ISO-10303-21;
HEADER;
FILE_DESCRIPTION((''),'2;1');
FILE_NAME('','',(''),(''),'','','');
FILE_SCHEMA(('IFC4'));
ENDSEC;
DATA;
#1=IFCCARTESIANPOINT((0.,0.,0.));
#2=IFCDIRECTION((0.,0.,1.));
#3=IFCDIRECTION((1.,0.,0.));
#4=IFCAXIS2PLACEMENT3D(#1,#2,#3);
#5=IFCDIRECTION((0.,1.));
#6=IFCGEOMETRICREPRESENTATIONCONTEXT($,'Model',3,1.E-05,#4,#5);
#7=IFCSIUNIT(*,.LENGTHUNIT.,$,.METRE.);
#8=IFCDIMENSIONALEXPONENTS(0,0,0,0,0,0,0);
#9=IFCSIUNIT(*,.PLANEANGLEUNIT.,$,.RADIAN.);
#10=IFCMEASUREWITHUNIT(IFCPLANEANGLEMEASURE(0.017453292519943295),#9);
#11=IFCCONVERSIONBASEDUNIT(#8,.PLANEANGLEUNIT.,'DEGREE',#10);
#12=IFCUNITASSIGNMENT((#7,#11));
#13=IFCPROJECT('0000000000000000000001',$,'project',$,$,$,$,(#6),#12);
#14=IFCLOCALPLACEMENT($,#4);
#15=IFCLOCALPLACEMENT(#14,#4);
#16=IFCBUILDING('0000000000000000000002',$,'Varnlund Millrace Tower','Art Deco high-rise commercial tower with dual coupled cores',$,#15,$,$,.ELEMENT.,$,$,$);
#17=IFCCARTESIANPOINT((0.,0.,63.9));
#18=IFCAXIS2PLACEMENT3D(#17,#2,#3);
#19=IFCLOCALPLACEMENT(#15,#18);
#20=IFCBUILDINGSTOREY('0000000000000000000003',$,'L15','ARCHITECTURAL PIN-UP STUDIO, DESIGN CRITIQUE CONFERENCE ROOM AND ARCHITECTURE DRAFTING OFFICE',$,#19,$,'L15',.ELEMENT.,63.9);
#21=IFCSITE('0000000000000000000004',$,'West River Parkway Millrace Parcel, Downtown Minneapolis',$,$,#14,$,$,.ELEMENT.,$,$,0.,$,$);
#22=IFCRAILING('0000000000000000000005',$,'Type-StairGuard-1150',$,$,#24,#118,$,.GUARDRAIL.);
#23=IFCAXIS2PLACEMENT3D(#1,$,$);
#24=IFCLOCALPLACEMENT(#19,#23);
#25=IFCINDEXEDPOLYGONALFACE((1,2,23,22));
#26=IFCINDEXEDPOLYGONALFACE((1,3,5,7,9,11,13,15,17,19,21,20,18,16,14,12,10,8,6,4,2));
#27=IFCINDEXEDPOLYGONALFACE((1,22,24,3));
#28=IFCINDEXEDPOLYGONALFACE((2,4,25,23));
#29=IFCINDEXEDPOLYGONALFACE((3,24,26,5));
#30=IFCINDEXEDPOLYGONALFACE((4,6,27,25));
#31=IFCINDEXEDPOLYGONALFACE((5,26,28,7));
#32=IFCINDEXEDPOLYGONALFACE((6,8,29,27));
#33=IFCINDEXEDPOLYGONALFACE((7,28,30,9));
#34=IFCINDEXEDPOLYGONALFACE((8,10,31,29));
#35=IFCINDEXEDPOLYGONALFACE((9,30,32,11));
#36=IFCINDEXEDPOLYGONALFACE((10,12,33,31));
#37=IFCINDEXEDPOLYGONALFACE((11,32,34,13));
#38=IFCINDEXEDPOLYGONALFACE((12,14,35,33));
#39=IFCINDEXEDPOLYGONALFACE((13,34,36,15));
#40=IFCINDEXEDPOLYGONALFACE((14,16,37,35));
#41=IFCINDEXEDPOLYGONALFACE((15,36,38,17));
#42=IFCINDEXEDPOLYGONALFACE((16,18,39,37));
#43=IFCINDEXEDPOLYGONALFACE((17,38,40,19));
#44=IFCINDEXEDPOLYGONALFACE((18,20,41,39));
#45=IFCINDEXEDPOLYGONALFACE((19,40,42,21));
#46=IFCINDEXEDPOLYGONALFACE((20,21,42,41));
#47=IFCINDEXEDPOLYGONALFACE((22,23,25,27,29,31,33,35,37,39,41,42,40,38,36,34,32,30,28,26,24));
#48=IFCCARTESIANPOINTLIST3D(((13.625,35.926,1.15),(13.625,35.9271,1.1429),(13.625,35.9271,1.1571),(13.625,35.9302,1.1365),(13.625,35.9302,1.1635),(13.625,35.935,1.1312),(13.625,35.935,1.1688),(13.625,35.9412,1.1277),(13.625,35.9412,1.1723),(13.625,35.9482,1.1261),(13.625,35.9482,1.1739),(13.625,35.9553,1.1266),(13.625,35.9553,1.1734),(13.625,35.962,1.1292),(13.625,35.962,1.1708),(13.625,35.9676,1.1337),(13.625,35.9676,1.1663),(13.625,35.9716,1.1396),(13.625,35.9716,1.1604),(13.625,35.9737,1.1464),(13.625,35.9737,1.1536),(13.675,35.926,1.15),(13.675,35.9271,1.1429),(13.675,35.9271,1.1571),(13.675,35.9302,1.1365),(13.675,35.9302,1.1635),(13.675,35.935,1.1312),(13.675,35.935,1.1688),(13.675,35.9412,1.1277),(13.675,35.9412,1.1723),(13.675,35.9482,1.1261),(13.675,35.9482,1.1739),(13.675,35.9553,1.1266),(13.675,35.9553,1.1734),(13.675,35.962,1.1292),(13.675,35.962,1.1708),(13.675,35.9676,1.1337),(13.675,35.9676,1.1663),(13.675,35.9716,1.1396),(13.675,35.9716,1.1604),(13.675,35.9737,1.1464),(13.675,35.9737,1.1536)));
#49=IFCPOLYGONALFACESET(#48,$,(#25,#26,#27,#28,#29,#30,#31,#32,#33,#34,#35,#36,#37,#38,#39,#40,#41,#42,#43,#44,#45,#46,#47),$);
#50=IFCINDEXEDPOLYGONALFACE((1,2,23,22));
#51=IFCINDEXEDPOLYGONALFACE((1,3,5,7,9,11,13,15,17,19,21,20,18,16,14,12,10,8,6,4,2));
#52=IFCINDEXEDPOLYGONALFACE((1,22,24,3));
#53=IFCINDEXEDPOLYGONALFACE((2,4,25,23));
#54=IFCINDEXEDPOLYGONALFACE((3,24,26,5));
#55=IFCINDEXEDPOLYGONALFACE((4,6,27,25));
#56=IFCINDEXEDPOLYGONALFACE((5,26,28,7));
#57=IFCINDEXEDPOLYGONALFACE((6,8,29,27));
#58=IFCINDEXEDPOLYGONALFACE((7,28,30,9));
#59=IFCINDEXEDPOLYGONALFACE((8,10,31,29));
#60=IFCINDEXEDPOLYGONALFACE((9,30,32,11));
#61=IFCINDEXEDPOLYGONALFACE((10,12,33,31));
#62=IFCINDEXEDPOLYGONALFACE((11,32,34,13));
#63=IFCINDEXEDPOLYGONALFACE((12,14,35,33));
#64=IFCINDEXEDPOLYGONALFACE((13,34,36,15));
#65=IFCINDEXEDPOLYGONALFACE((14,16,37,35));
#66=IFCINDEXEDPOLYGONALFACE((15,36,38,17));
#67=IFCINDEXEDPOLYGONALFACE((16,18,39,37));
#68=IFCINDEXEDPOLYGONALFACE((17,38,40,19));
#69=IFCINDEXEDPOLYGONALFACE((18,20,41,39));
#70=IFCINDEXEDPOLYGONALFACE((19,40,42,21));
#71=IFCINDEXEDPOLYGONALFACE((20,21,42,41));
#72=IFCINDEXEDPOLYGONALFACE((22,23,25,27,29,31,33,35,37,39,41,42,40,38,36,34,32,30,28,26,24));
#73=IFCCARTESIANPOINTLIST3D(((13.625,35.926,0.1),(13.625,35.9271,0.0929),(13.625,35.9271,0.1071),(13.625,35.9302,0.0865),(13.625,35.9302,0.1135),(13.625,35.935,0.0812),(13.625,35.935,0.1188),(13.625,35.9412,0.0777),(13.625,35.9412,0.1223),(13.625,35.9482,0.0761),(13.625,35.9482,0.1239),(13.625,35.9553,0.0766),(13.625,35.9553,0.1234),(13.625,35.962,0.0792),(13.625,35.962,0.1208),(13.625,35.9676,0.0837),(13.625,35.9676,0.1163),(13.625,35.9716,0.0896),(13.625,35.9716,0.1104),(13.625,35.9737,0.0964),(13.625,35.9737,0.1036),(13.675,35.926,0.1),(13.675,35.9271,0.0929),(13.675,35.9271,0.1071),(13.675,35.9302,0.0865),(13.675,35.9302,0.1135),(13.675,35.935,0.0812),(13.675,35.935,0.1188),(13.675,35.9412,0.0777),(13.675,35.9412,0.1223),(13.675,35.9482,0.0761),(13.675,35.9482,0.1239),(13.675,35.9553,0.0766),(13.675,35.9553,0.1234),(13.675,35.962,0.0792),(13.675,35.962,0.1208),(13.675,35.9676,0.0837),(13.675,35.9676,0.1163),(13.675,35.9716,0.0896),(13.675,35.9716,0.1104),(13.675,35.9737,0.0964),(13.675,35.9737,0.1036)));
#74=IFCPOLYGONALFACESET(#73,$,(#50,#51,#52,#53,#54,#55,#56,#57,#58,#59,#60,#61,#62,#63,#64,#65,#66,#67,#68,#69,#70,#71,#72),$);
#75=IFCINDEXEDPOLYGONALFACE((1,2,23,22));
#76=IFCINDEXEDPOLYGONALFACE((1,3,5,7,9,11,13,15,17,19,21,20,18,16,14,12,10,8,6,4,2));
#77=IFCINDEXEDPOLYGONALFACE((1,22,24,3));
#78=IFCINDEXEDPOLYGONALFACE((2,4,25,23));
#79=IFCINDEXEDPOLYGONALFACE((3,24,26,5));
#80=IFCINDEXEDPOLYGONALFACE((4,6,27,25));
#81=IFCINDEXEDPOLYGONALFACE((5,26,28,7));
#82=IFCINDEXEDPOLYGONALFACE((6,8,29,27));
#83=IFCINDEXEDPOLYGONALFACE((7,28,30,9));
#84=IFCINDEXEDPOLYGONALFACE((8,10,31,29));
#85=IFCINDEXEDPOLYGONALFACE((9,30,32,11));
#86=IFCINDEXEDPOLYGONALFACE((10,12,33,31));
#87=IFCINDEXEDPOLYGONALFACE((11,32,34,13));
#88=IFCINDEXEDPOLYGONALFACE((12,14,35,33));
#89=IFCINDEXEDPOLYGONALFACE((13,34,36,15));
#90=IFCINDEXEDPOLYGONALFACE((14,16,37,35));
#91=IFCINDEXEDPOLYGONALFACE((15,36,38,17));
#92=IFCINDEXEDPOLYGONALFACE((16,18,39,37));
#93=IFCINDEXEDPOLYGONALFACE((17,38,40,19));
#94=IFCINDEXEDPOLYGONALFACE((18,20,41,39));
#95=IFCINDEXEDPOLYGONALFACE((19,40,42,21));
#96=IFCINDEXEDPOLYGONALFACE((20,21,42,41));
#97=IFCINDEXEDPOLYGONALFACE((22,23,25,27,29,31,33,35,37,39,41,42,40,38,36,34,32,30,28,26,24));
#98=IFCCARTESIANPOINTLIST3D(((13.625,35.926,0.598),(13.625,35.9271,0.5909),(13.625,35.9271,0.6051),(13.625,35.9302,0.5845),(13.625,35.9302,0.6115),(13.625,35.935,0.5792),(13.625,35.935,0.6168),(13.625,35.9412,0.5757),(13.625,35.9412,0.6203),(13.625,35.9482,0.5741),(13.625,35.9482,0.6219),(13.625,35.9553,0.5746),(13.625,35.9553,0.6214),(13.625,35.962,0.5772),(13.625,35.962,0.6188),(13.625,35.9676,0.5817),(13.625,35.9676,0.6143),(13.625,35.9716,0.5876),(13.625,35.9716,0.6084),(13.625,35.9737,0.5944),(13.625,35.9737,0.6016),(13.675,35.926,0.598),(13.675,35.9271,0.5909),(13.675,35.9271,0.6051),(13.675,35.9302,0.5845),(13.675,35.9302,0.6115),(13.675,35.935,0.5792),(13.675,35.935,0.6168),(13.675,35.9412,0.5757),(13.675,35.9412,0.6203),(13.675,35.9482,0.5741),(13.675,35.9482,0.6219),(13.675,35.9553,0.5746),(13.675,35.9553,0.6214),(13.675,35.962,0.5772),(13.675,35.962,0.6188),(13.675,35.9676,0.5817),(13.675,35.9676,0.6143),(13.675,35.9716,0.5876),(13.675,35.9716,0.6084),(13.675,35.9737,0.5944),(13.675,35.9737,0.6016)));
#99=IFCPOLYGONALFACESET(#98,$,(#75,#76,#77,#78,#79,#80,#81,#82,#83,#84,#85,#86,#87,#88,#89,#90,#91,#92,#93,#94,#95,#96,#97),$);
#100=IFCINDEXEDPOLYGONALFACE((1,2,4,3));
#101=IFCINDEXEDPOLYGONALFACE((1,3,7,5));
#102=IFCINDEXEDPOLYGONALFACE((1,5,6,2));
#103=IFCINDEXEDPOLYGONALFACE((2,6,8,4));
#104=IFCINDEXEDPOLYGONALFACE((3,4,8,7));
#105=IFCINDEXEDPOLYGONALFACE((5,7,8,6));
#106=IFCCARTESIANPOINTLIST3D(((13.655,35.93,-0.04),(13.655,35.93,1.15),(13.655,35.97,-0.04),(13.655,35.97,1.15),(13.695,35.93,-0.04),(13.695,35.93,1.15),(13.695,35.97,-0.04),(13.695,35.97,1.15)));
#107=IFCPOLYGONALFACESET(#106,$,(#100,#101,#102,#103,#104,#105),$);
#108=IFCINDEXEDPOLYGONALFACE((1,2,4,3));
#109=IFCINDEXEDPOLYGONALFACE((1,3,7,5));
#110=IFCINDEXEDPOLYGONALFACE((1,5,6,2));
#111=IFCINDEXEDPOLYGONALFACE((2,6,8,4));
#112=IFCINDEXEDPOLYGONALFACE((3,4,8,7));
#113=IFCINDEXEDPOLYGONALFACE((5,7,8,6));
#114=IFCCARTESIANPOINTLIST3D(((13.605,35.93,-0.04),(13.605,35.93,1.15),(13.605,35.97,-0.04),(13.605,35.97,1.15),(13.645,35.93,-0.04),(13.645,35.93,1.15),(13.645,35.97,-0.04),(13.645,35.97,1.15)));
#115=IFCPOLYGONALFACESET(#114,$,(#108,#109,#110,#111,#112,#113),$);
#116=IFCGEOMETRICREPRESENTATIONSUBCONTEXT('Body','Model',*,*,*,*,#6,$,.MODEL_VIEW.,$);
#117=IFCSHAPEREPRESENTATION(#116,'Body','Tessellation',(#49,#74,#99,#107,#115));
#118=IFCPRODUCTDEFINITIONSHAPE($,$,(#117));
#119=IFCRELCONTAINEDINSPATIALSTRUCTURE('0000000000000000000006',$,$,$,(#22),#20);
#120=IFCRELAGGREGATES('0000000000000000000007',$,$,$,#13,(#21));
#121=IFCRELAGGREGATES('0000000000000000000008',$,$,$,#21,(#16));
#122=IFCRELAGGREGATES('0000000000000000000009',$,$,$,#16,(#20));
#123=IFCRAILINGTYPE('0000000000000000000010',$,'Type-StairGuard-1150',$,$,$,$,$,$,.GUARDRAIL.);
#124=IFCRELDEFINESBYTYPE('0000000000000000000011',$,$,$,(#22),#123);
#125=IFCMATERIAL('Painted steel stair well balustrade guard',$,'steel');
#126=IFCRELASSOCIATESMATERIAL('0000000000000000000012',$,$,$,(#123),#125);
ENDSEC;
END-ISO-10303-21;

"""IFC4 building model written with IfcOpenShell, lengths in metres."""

from ifc_helpers import new_model, entity, si_unit, converted_unit, direction, frame, origin_with_axes, origin_2d_with_axis, place, context, subcontext, project, spatial, rectangle, circle, extrude, material, type_object, element, save


model = new_model("IFC4")

# Units and contexts
model_context = context("Model", 3, precision=1e-05, world=origin_with_axes(), true_north=direction((0.0, 1.0)))
body_context = subcontext(model_context, "Body", "Model", "MODEL_VIEW")
ifc_project = project(units=[si_unit("LENGTHUNIT", "METRE"), converted_unit("PLANEANGLEUNIT", "DEGREE", entity("IfcPlaneAngleMeasure", 0.017453292519943295), si_unit("PLANEANGLEUNIT", "RADIAN"), dimensions=[0, 0, 0, 0, 0, 0, 0])], contexts=[model_context])

# Site, building, storey
site_placement = place(None, origin_with_axes())
site = spatial("IfcSite", under=ifc_project, at=site_placement, Name="West River Parkway Millrace Parcel, Downtown Minneapolis", CompositionType="ELEMENT", RefElevation=0.0)
building_placement = place(site_placement, origin_with_axes())
building = spatial("IfcBuilding", under=site, at=building_placement, Name="Varnlund Millrace Tower", Description="Art Deco high-rise commercial tower with dual coupled cores", CompositionType="ELEMENT")
storey_placement = place(building_placement, frame((0.0, 0.0, 63.9), z_axis=(0.0, 0.0, 1.0), x_axis=(1.0, 0.0, 0.0)))
storey = spatial("IfcBuildingStorey", under=building, at=storey_placement, Name="L15", Description="ARCHITECTURAL PIN-UP STUDIO, DESIGN CRITIQUE CONFERENCE ROOM AND ARCHITECTURE DRAFTING OFFICE", LongName="L15", CompositionType="ELEMENT", Elevation=63.9)

# Railing
ifc_material_1 = material(Name="Painted steel stair well balustrade guard", Category="steel")
railing_type_1 = type_object("IfcRailingType", Name="Type-StairGuard-1150", PredefinedType="GUARDRAIL", material=ifc_material_1)
railing_1_placement = place(storey_placement, frame((0.0, 0.0, -63.9), z_axis=(0.0, 0.0, 1.0), x_axis=(1.0, 0.0, 0.0)))
element("IfcRailing", 1, at=railing_1_placement, inside=storey, type_object=railing_type_1, Name="Type-StairGuard-1150", PredefinedType="GUARDRAIL", context=body_context, shape_type="SweptSolid", body=[
    extrude(circle(Radius=0.024, at=origin_2d_with_axis()), frame((13.675, 35.95, 65.05), z_axis=(-1.0, 0.0, 0.0), x_axis=(0.0, -1.0, 0.0)), (0.0, 0.0, 1.0), 0.05),
    extrude(circle(Radius=0.024, at=origin_2d_with_axis()), frame((13.675, 35.95, 64.0), z_axis=(-1.0, 0.0, 0.0), x_axis=(0.0, -1.0, 0.0)), (0.0, 0.0, 1.0), 0.05),
    extrude(circle(Radius=0.024, at=origin_2d_with_axis()), frame((13.675, 35.95, 64.498), z_axis=(-1.0, 0.0, 0.0), x_axis=(0.0, -1.0, 0.0)), (0.0, 0.0, 1.0), 0.05),
    extrude(rectangle(XDim=0.04, YDim=0.04, at=origin_2d_with_axis()), frame((13.675, 35.95, 63.86), z_axis=(0.0, 0.0, 1.0), x_axis=(1.0, 0.0, 0.0)), (0.0, 0.0, 1.0), 1.19),
    extrude(rectangle(XDim=0.04, YDim=0.04, at=origin_2d_with_axis()), frame((13.625, 35.95, 63.86), z_axis=(0.0, 0.0, 1.0), x_axis=(1.0, 0.0, 0.0)), (0.0, 0.0, 1.0), 1.19),
])

save(model, "model.ifc")
